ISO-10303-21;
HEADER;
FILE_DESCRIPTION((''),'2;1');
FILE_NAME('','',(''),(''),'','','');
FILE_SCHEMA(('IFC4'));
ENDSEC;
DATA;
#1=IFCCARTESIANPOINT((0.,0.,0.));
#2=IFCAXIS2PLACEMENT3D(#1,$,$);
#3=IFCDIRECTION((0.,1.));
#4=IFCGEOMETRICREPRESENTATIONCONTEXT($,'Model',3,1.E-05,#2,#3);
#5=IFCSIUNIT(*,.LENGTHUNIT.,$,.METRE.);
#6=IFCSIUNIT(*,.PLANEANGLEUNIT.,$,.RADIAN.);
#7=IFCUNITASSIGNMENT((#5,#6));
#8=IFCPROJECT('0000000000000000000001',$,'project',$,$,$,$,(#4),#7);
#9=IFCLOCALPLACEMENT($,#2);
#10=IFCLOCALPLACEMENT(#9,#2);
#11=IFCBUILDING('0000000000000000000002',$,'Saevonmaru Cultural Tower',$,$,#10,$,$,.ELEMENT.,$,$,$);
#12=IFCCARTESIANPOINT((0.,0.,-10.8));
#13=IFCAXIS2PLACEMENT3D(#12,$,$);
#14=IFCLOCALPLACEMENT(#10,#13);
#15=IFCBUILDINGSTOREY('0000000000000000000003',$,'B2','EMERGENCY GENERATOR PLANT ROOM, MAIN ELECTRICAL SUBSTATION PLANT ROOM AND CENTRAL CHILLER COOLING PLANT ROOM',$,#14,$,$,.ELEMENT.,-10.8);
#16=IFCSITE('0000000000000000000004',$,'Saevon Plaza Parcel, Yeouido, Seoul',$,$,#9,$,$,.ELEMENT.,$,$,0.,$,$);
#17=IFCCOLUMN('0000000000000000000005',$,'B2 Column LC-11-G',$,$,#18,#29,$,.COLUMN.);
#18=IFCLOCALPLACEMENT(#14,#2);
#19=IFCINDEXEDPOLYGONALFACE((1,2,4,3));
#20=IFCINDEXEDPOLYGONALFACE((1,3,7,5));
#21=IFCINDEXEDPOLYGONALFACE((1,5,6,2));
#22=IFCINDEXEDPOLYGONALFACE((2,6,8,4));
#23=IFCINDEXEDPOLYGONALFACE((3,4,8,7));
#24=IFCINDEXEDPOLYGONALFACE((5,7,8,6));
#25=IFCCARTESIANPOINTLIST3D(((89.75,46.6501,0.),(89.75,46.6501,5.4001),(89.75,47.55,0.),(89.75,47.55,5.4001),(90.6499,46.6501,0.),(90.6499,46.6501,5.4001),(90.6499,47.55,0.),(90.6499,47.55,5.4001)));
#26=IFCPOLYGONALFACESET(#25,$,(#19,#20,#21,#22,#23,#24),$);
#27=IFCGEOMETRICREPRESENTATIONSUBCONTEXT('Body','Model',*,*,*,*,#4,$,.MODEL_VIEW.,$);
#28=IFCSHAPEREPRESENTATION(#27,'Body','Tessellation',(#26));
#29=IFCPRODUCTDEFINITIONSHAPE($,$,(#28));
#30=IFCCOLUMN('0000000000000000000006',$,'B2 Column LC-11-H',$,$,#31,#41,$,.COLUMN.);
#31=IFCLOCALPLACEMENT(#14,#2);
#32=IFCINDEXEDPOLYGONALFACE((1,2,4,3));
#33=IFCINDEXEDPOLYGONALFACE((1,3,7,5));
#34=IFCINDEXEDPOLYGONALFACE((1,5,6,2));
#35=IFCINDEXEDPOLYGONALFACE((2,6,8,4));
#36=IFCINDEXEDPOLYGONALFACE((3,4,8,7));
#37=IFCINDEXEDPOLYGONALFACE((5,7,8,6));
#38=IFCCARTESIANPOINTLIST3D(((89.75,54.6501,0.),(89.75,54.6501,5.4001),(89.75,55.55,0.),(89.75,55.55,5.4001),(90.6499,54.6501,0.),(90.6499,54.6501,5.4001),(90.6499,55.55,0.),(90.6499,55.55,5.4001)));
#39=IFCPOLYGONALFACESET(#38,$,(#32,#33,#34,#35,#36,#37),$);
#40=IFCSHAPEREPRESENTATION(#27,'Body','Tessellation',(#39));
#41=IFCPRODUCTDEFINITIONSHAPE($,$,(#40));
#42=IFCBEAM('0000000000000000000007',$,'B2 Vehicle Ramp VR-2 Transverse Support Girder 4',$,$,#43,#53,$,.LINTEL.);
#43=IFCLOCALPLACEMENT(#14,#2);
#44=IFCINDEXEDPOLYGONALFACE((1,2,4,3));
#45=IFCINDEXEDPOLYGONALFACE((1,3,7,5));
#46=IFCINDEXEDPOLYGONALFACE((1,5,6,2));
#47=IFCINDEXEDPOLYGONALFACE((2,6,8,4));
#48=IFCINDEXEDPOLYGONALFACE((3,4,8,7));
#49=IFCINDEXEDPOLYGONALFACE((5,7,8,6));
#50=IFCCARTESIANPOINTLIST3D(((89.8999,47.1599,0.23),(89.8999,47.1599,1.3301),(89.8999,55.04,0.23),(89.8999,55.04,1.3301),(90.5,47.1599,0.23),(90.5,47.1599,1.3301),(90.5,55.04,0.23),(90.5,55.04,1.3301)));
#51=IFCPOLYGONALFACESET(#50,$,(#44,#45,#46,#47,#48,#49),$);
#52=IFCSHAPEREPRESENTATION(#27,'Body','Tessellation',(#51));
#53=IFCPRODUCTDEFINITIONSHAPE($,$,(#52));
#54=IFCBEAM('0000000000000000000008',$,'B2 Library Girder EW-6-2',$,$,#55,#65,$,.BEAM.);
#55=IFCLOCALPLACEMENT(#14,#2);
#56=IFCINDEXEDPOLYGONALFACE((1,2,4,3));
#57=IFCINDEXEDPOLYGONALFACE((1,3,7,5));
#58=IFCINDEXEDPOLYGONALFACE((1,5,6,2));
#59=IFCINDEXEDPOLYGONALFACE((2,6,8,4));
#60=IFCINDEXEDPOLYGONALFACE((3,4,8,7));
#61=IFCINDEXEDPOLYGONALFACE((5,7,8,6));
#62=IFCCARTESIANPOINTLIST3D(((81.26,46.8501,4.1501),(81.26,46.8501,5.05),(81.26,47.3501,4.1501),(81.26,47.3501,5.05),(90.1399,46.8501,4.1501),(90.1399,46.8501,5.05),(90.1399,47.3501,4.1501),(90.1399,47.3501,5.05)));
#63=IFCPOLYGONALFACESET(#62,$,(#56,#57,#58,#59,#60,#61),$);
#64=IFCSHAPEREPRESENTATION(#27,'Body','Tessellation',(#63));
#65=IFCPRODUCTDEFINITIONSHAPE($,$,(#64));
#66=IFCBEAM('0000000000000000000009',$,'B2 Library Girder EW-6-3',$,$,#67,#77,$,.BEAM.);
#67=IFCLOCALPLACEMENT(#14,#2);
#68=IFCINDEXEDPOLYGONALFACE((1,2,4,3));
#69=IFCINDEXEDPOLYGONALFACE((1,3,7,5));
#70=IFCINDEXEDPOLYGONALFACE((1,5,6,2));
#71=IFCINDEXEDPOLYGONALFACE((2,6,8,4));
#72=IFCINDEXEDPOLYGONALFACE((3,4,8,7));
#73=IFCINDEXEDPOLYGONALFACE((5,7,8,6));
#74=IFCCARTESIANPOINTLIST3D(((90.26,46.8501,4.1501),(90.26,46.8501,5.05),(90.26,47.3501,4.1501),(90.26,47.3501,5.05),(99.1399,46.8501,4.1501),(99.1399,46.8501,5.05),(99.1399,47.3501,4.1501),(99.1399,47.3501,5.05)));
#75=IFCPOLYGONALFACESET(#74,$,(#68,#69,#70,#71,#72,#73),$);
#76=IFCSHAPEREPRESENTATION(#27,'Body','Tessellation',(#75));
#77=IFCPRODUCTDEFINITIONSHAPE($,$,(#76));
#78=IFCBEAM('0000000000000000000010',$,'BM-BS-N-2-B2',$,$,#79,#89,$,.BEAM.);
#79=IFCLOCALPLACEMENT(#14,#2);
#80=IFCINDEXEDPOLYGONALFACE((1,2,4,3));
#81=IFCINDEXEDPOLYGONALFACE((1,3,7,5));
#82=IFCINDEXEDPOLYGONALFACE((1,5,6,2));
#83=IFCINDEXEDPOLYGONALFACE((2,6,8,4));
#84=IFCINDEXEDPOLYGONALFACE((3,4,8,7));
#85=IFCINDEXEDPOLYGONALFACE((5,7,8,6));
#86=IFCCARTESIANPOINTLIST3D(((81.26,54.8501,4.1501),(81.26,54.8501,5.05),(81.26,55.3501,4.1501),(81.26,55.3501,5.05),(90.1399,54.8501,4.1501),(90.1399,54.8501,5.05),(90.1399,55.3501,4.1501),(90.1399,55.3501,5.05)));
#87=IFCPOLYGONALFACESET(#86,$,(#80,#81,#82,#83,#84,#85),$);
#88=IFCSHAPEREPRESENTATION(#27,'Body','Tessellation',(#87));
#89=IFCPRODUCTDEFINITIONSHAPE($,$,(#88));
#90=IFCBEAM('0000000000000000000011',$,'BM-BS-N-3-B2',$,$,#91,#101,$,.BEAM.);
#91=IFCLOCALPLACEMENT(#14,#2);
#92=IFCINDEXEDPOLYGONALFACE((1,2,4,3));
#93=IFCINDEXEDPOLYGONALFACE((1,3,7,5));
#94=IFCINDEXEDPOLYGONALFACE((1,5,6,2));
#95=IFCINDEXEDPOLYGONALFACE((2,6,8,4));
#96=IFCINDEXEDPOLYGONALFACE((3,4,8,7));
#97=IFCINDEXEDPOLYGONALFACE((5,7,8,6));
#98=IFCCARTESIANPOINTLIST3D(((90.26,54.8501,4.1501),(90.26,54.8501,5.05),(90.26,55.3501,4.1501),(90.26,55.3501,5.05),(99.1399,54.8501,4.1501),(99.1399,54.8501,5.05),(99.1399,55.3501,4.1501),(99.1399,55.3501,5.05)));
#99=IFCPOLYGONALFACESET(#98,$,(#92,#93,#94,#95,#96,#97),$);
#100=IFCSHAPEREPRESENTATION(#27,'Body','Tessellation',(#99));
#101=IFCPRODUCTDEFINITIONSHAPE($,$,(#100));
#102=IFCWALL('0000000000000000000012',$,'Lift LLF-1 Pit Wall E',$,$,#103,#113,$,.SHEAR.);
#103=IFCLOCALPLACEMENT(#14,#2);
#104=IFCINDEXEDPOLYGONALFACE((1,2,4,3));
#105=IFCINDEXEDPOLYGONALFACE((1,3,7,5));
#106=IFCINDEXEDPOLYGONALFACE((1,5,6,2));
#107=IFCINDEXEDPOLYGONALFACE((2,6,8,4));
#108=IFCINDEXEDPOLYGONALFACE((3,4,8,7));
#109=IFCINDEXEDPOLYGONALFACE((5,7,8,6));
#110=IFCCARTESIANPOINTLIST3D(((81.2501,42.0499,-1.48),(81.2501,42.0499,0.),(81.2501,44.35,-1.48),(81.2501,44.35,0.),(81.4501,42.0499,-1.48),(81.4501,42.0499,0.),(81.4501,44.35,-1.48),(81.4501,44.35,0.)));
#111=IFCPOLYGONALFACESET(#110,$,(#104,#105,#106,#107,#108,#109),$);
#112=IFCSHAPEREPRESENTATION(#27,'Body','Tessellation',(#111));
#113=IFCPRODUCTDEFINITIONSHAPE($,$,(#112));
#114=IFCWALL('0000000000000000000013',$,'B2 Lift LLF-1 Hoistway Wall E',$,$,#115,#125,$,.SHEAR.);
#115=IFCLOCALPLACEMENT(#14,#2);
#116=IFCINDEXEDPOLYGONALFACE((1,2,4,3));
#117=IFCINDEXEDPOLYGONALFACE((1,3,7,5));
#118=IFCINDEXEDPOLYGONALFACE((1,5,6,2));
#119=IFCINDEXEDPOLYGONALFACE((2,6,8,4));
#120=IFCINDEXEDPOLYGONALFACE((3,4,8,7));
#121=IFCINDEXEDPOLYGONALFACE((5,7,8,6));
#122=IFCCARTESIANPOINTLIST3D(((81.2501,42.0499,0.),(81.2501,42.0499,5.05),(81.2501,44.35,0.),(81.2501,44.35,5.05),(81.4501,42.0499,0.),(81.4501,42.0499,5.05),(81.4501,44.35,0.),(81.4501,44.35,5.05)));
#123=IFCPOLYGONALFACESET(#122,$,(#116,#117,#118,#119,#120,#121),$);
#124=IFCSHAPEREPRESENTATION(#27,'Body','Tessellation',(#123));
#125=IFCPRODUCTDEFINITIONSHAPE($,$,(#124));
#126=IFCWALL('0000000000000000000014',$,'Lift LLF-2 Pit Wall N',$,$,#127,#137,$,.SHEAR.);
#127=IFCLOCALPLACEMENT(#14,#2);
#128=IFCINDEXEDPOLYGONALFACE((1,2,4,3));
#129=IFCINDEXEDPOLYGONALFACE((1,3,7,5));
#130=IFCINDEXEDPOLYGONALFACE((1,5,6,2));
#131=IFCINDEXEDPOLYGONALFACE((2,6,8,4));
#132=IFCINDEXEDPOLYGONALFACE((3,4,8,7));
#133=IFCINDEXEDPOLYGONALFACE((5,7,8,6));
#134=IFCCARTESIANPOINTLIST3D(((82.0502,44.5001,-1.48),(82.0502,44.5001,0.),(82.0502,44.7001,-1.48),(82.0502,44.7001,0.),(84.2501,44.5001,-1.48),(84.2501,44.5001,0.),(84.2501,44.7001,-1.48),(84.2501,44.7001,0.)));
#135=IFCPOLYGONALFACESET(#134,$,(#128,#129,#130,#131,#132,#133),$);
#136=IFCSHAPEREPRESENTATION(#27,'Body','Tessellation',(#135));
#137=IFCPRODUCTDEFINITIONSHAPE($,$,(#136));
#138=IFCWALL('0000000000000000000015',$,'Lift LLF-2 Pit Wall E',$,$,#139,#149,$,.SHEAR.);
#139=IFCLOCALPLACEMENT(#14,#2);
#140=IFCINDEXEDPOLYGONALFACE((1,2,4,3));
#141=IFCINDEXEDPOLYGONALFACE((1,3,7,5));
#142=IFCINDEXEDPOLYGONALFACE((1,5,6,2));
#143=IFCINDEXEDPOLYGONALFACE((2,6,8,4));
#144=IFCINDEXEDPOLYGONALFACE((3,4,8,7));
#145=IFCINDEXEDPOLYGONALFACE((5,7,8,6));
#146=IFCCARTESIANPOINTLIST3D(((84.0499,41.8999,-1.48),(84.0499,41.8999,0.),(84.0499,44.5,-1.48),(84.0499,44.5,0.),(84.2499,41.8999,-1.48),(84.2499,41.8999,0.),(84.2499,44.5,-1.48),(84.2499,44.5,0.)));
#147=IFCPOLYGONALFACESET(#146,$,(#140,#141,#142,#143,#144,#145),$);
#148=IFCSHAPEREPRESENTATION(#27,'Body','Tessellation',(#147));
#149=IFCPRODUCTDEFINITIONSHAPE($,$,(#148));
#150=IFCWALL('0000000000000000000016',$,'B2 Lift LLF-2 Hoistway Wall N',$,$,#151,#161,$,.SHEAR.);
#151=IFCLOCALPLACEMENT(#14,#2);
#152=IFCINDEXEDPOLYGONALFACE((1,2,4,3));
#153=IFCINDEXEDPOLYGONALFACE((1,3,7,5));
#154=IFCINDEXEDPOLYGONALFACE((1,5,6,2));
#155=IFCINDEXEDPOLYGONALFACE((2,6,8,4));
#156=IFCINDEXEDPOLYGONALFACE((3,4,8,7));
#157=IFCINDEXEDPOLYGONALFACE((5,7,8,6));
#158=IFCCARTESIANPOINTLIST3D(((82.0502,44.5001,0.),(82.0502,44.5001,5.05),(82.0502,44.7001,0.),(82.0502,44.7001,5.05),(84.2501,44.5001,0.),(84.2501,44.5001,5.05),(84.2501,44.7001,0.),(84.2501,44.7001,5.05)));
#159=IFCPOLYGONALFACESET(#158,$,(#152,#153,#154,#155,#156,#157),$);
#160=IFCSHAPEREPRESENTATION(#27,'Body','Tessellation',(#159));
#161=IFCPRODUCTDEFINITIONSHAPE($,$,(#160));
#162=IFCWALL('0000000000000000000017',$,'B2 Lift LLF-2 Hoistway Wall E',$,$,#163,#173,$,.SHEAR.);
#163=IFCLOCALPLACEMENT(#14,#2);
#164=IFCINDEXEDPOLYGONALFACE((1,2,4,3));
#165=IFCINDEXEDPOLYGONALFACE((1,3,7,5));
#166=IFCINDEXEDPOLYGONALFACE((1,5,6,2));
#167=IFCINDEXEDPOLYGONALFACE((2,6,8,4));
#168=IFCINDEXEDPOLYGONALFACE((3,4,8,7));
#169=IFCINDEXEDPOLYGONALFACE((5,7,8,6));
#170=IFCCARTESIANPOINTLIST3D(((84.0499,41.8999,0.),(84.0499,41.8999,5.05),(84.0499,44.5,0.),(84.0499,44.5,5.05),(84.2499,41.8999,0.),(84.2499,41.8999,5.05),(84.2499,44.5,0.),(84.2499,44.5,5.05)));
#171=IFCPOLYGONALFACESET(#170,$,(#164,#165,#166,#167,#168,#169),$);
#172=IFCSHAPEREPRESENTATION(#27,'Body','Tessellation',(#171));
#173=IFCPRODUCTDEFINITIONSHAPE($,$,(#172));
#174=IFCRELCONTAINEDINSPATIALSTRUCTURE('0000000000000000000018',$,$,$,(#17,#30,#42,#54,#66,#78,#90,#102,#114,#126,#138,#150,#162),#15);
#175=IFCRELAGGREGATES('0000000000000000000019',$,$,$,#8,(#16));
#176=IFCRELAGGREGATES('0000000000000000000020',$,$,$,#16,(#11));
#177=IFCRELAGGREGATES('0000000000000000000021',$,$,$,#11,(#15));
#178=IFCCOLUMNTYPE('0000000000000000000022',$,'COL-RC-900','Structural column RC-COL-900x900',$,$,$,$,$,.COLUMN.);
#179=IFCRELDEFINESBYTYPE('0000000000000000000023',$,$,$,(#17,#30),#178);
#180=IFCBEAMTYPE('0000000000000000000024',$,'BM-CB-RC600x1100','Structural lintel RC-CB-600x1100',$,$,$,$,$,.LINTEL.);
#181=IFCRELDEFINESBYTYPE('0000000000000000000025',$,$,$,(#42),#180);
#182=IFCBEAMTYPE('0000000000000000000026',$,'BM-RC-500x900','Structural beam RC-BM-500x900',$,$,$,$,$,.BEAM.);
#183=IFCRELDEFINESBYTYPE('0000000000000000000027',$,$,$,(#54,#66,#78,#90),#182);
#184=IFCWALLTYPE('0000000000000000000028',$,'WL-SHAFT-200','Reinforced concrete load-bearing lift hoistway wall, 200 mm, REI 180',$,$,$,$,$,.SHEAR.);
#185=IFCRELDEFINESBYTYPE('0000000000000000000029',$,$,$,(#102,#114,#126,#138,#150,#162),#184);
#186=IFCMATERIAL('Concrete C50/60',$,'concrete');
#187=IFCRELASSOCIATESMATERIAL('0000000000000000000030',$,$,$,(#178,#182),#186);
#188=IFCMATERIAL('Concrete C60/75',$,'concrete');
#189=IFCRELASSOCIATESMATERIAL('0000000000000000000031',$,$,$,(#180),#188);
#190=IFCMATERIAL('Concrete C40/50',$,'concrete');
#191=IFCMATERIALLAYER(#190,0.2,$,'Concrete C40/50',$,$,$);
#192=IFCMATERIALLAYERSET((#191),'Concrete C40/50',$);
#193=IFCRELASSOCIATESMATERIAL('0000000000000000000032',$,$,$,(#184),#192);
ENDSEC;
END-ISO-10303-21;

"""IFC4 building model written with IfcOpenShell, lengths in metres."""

from ifc_helpers import new_model, si_unit, direction, frame, frame_2d, origin, origin_2d, place, context, subcontext, project, spatial, rectangle, extrude, material, layer, layer_set, material_profile, profile_set, type_object, element, save


model = new_model("IFC4")

# Units and contexts
model_context = context("Model", 3, precision=1e-05, world=origin(), true_north=direction((0.0, 1.0)))
body_context = subcontext(model_context, "Body", "Model", "MODEL_VIEW")
ifc_project = project(units=[si_unit("LENGTHUNIT", "METRE"), si_unit("PLANEANGLEUNIT", "RADIAN")], contexts=[model_context])

# Site, building, storey
site_placement = place(None, origin())
site = spatial("IfcSite", under=ifc_project, at=site_placement, Name="Saevon Plaza Parcel, Yeouido, Seoul", CompositionType="ELEMENT", RefElevation=0.0)
building_placement = place(site_placement, origin())
building = spatial("IfcBuilding", under=site, at=building_placement, Name="Saevonmaru Cultural Tower", CompositionType="ELEMENT")
storey_placement = place(building_placement, frame((0.0, 0.0, -10.8)))
storey = spatial("IfcBuildingStorey", under=building, at=storey_placement, Name="B2", Description="EMERGENCY GENERATOR PLANT ROOM, MAIN ELECTRICAL SUBSTATION PLANT ROOM AND CENTRAL CHILLER COOLING PLANT ROOM", CompositionType="ELEMENT", Elevation=-10.8)

# Shared definitions
ifc_material_1 = material(Name="Concrete C50/60", Category="concrete")

# Shared definitions
ifc_material_2 = material(Name="Concrete C40/50", Category="concrete")

# Columns
ifc_material_profile_1 = material_profile(ifc_material_1, rectangle(XDim=0.8999, YDim=0.8999, at=origin_2d()), Name="RC-COL-900x900")
ifc_profile_set_1 = profile_set([ifc_material_profile_1], Name="Concrete C50/60")
column_type = type_object("IfcColumnType", Name="COL-RC-900", Description="Structural column RC-COL-900x900", PredefinedType="COLUMN", material=ifc_profile_set_1)
for number, where, z_axis, x_axis, name in (
    (1, (90.2, 47.1001, 0.0), (0.0, 0.0, 1.0), (1.0, 0.0, 0.0), "B2 Column LC-11-G"),
    (2, (90.2, 55.1001, 0.0), (0.0, 0.0, 1.0), (1.0, 0.0, 0.0), "B2 Column LC-11-H"),
):
    element("IfcColumn", number, at=place(storey_placement, frame(where, z_axis=z_axis, x_axis=x_axis)), inside=storey, type_object=column_type, Name=name, PredefinedType="COLUMN", context=body_context, shape_type="SweptSolid", body=[
        extrude(rectangle(XDim=0.8999, YDim=0.8999, at=origin_2d()), origin(), (0.0, 0.0, 1.0), 5.4001),
    ])

# Beams
ifc_material_3 = material(Name="Concrete C60/75", Category="concrete")
ifc_material_profile_2 = material_profile(ifc_material_3, rectangle(XDim=0.6001, YDim=1.1001, at=origin_2d()), Name="RC-CB-600x1100")
ifc_profile_set_2 = profile_set([ifc_material_profile_2], Name="Concrete C60/75")
beam_type_1 = type_object("IfcBeamType", Name="BM-CB-RC600x1100", Description="Structural lintel RC-CB-600x1100", PredefinedType="LINTEL", material=ifc_profile_set_2)
beam_placement = place(storey_placement, frame((90.2, 47.1599, 0.78), z_axis=(0.0, 1.0, 0.0), x_axis=(-1.0, 0.0, 0.0)))
element("IfcBeam", 3, at=beam_placement, inside=storey, type_object=beam_type_1, Name="B2 Vehicle Ramp VR-2 Transverse Support Girder 4", PredefinedType="LINTEL", context=body_context, shape_type="SweptSolid", body=[
    extrude(rectangle(XDim=0.6001, YDim=1.1001, at=origin_2d()), origin(), (0.0, 0.0, 1.0), 7.8801),
])
ifc_material_profile_3 = material_profile(ifc_material_1, rectangle(XDim=0.5, YDim=0.8999, at=origin_2d()), Name="RC-BM-500x900")
ifc_profile_set_3 = profile_set([ifc_material_profile_3], Name="Concrete C50/60")
beam_type_2 = type_object("IfcBeamType", Name="BM-RC-500x900", Description="Structural beam RC-BM-500x900", PredefinedType="BEAM", material=ifc_profile_set_3)
for number, where, z_axis, x_axis, name in (
    (4, (81.26, 47.1001, 4.6001), (1.0, 0.0, 0.0), (0.0, 1.0, 0.0), "B2 Library Girder EW-6-2"),
    (5, (90.26, 47.1001, 4.6001), (1.0, 0.0, 0.0), (0.0, 1.0, 0.0), "B2 Library Girder EW-6-3"),
    (6, (81.26, 55.1001, 4.6001), (1.0, 0.0, 0.0), (0.0, 1.0, 0.0), "BM-BS-N-2-B2"),
    (7, (90.26, 55.1001, 4.6001), (1.0, 0.0, 0.0), (0.0, 1.0, 0.0), "BM-BS-N-3-B2"),
):
    element("IfcBeam", number, at=place(storey_placement, frame(where, z_axis=z_axis, x_axis=x_axis)), inside=storey, type_object=beam_type_2, Name=name, PredefinedType="BEAM", context=body_context, shape_type="SweptSolid", body=[
        extrude(rectangle(XDim=0.5, YDim=0.8999, at=origin_2d()), origin(), (0.0, 0.0, 1.0), 8.8799),
    ])

# Walls
ifc_layer_1 = layer(ifc_material_2, 0.2, Name="Concrete C40/50")
ifc_layer_set_1 = layer_set([ifc_layer_1], Name="Concrete C40/50")
wall_type = type_object("IfcWallType", Name="WL-SHAFT-200", Description="Reinforced concrete load-bearing lift hoistway wall, 200 mm, REI 180", PredefinedType="SHEAR", material=ifc_layer_set_1)
wall_1_placement = place(storey_placement, frame((81.3501, 42.05, -1.48), z_axis=(0.0, 0.0, 1.0), x_axis=(0.0, 1.0, 0.0)))
element("IfcWall", 8, at=wall_1_placement, inside=storey, type_object=wall_type, Name="Lift LLF-1 Pit Wall E", PredefinedType="SHEAR", context=body_context, shape_type="SweptSolid", body=[
    extrude(rectangle(XDim=2.3, YDim=0.2, at=frame_2d((1.1499, 0.0))), origin(), (0.0, 0.0, 1.0), 1.48),
])
wall_2_placement = place(storey_placement, frame((81.3501, 42.05, 0.0), z_axis=(0.0, 0.0, 1.0), x_axis=(0.0, 1.0, 0.0)))
element("IfcWall", 9, at=wall_2_placement, inside=storey, type_object=wall_type, Name="B2 Lift LLF-1 Hoistway Wall E", PredefinedType="SHEAR", context=body_context, shape_type="SweptSolid", body=[
    extrude(rectangle(XDim=2.3, YDim=0.2, at=frame_2d((1.1499, 0.0))), origin(), (0.0, 0.0, 1.0), 5.05),
])
wall_3_placement = place(storey_placement, frame((82.05, 44.6001, -1.48), z_axis=(0.0, 0.0, 1.0), x_axis=(1.0, 0.0, 0.0)))
element("IfcWall", 10, at=wall_3_placement, inside=storey, type_object=wall_type, Name="Lift LLF-2 Pit Wall N", PredefinedType="SHEAR", context=body_context, shape_type="SweptSolid", body=[
    extrude(rectangle(XDim=2.2, YDim=0.2, at=frame_2d((1.1001, 0.0))), origin(), (0.0, 0.0, 1.0), 1.48),
])
wall_4_placement = place(storey_placement, frame((84.1499, 41.8999, -1.48), z_axis=(0.0, 0.0, 1.0), x_axis=(0.0, 1.0, 0.0)))
element("IfcWall", 11, at=wall_4_placement, inside=storey, type_object=wall_type, Name="Lift LLF-2 Pit Wall E", PredefinedType="SHEAR", context=body_context, shape_type="SweptSolid", body=[
    extrude(rectangle(XDim=2.6001, YDim=0.2, at=frame_2d((1.3, 0.0))), origin(), (0.0, 0.0, 1.0), 1.48),
])
wall_5_placement = place(storey_placement, frame((82.05, 44.6001, 0.0), z_axis=(0.0, 0.0, 1.0), x_axis=(1.0, 0.0, 0.0)))
element("IfcWall", 12, at=wall_5_placement, inside=storey, type_object=wall_type, Name="B2 Lift LLF-2 Hoistway Wall N", PredefinedType="SHEAR", context=body_context, shape_type="SweptSolid", body=[
    extrude(rectangle(XDim=2.2, YDim=0.2, at=frame_2d((1.1001, 0.0))), origin(), (0.0, 0.0, 1.0), 5.05),
])
wall_6_placement = place(storey_placement, frame((84.1499, 41.8999, 0.0), z_axis=(0.0, 0.0, 1.0), x_axis=(0.0, 1.0, 0.0)))
element("IfcWall", 13, at=wall_6_placement, inside=storey, type_object=wall_type, Name="B2 Lift LLF-2 Hoistway Wall E", PredefinedType="SHEAR", context=body_context, shape_type="SweptSolid", body=[
    extrude(rectangle(XDim=2.6001, YDim=0.2, at=frame_2d((1.3, 0.0))), origin(), (0.0, 0.0, 1.0), 5.05),
])

save(model, "model.ifc")
